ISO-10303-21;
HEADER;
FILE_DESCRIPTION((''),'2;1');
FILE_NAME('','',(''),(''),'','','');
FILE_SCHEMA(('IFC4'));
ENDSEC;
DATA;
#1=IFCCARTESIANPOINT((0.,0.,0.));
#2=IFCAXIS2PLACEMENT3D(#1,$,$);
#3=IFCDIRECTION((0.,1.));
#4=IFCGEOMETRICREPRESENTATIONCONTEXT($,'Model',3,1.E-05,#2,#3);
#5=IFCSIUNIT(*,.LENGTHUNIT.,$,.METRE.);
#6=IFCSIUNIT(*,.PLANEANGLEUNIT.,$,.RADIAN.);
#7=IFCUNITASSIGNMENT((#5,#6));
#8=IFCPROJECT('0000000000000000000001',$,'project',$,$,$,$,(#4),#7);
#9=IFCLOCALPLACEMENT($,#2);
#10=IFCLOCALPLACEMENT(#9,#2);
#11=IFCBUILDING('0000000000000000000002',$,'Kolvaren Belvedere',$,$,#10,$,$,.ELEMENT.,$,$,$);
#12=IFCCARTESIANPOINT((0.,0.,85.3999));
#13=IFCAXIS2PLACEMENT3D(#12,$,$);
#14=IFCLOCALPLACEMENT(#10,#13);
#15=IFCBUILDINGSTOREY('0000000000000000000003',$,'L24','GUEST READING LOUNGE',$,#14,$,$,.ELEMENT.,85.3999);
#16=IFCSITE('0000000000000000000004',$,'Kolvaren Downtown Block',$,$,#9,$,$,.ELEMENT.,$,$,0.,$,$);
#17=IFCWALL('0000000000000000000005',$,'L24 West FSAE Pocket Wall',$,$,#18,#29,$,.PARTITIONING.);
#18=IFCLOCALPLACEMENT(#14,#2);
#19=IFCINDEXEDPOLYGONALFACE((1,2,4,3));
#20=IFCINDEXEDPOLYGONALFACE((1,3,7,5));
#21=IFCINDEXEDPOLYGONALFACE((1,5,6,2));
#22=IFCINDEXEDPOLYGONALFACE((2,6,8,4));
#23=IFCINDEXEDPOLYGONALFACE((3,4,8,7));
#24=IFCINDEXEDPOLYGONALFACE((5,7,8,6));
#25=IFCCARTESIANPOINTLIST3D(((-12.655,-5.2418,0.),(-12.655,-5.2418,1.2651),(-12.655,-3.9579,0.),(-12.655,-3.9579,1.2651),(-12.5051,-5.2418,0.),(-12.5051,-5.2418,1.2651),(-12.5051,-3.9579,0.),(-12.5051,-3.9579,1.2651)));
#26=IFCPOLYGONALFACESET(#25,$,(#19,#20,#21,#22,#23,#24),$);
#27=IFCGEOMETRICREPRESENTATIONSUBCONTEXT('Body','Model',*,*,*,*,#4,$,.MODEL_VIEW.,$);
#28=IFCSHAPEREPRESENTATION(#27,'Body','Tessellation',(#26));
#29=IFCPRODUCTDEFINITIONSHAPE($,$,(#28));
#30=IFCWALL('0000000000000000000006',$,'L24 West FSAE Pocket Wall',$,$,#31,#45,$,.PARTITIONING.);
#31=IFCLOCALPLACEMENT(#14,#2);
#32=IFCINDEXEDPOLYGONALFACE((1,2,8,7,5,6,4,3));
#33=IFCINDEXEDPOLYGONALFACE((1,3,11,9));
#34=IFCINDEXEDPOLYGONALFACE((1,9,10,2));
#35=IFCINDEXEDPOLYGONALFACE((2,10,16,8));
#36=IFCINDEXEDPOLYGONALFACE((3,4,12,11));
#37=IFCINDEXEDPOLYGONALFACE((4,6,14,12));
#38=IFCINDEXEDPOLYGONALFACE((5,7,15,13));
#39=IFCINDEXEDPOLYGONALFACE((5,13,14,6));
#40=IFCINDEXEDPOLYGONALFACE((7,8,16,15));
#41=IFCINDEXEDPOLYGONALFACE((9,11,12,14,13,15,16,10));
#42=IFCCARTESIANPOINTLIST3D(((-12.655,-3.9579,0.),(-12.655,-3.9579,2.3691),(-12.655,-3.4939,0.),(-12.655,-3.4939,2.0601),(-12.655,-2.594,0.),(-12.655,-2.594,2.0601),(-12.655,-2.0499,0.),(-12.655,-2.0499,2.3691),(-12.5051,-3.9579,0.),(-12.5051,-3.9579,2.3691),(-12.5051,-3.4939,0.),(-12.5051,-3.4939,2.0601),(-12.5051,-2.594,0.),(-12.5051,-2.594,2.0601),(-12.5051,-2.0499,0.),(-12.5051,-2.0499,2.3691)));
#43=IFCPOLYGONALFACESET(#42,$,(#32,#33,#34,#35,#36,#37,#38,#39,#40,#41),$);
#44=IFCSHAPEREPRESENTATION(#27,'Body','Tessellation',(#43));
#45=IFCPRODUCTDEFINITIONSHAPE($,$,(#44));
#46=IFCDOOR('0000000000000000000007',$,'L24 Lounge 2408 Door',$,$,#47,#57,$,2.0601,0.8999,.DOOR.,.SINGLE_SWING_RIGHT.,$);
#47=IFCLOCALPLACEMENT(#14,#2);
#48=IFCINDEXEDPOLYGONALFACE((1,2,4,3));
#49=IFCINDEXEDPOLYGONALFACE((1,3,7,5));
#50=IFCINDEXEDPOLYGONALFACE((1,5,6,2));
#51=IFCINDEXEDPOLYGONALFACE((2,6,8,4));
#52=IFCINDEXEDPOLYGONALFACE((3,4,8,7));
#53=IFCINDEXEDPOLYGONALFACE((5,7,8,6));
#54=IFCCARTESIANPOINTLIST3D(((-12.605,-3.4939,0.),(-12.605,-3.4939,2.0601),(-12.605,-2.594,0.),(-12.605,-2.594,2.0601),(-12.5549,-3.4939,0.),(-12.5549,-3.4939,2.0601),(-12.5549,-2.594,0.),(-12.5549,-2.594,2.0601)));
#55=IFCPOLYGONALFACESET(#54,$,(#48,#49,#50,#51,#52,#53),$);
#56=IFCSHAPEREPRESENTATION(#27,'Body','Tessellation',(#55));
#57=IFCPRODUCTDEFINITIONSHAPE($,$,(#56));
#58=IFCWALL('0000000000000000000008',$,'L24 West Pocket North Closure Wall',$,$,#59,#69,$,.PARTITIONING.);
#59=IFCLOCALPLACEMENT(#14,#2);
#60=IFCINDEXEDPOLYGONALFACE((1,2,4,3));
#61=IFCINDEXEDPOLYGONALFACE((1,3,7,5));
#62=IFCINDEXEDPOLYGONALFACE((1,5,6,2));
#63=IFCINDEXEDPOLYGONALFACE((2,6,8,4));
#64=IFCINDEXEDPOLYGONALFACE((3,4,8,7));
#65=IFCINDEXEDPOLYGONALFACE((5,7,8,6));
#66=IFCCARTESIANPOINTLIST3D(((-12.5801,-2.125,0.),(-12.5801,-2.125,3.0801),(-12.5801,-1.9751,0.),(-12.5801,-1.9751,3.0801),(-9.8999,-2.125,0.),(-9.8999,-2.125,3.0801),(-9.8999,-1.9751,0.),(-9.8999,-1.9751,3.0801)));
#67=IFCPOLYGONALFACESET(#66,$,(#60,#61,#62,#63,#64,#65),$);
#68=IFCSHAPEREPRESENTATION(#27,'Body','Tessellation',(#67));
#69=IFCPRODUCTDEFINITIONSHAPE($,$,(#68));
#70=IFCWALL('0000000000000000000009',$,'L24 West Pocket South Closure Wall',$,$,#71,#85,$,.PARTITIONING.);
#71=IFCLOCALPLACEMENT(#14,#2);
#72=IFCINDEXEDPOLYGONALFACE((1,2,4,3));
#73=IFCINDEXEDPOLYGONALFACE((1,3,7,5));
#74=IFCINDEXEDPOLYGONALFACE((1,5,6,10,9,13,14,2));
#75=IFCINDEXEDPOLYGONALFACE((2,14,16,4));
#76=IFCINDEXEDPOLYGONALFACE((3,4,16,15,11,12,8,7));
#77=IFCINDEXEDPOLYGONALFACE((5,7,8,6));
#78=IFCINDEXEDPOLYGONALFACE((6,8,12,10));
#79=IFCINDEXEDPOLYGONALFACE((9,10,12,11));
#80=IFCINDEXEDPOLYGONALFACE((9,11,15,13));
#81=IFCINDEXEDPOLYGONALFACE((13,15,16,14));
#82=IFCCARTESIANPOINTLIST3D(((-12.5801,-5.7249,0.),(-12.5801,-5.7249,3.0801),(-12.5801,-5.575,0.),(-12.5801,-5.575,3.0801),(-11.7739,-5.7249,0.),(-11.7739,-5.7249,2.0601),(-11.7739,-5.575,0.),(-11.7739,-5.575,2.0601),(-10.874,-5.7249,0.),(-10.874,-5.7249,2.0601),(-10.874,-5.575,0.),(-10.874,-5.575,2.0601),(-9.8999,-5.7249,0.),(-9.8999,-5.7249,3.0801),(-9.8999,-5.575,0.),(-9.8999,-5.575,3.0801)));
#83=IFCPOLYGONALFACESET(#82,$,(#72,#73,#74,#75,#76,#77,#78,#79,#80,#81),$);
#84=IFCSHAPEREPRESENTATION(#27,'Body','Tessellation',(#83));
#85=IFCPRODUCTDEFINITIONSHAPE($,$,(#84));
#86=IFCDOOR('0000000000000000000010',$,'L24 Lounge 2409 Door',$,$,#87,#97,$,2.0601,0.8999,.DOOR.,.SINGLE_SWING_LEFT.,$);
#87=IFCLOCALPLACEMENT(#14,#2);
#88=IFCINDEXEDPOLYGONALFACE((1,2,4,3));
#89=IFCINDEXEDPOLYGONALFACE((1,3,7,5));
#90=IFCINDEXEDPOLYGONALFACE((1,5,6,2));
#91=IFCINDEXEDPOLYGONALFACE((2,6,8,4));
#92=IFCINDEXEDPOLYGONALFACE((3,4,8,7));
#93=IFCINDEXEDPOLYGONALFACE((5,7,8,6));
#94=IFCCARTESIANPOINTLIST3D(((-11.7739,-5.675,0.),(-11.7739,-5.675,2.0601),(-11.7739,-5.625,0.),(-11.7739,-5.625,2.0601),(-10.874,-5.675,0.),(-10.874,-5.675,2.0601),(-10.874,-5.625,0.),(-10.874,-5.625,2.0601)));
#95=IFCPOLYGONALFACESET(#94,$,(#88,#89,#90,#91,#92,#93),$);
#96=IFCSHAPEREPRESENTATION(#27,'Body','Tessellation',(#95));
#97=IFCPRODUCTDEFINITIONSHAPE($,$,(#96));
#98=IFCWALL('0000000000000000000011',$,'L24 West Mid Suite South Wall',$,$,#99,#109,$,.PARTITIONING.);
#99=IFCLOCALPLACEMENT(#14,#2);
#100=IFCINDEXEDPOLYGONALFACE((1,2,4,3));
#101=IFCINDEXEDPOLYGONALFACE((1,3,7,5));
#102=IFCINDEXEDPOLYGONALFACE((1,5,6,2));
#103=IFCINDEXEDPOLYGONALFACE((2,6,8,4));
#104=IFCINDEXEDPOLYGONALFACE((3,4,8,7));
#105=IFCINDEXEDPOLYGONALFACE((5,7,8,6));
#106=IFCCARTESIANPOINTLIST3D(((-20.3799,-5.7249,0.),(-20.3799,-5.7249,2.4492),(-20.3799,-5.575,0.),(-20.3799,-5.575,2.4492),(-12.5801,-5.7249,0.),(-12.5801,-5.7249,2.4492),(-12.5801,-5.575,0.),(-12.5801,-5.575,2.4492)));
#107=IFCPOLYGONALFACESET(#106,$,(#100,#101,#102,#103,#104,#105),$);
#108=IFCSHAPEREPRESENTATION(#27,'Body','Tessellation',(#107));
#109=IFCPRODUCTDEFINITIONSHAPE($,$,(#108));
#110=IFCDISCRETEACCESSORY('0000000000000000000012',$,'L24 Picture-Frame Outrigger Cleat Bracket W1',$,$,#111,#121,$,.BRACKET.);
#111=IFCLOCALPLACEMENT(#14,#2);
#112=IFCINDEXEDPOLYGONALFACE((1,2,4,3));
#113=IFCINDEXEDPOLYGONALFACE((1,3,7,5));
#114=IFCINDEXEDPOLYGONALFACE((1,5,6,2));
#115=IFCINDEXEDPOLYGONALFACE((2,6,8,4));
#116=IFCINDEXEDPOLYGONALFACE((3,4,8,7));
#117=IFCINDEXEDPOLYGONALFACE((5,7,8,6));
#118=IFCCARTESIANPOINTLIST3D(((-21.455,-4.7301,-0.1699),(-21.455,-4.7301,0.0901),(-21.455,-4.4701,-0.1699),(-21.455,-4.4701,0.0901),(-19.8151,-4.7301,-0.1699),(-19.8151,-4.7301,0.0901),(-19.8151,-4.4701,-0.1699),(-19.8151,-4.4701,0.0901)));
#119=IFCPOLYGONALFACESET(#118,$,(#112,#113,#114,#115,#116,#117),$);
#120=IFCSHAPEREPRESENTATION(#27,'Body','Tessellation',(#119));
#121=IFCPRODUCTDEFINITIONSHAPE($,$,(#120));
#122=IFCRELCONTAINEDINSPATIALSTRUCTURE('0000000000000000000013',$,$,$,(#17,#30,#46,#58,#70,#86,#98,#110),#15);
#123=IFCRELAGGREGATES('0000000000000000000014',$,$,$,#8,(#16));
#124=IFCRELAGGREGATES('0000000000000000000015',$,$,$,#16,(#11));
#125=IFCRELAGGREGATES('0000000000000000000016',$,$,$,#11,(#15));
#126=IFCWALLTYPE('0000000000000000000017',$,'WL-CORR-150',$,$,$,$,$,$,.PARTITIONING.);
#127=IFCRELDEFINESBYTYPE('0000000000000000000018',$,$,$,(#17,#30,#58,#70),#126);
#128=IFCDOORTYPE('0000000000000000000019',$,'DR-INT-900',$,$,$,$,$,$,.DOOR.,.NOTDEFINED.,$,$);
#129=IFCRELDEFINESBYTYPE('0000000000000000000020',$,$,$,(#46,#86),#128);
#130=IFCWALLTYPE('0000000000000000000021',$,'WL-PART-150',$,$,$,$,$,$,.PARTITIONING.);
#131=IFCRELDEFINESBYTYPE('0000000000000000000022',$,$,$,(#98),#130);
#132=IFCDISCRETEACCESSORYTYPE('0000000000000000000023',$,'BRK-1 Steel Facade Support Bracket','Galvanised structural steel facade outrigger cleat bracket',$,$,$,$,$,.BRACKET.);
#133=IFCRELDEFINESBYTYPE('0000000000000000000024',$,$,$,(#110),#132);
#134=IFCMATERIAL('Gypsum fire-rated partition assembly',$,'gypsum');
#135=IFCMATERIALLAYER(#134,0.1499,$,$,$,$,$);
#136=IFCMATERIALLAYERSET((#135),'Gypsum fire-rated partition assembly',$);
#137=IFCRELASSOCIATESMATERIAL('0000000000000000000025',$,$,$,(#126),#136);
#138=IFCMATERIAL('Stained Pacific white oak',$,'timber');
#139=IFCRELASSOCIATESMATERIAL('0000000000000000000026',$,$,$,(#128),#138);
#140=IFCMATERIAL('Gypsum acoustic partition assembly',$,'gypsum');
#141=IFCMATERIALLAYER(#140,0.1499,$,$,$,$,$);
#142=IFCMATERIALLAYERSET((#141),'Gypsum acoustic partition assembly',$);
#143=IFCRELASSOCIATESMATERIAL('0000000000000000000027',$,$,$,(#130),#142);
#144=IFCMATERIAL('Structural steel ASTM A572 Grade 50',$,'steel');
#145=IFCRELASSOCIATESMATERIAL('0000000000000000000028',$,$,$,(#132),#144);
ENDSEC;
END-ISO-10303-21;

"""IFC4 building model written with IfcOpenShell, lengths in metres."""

from ifc_helpers import new_model, si_unit, direction, frame, frame_2d, origin, origin_2d, place, context, subcontext, project, spatial, rectangle, extrude, material, layer, layer_set, type_object, element, fill, save


model = new_model("IFC4")

# Units and contexts
model_context = context("Model", 3, precision=1e-05, world=origin(), true_north=direction((0.0, 1.0)))
body_context = subcontext(model_context, "Body", "Model", "MODEL_VIEW")
ifc_project = project(units=[si_unit("LENGTHUNIT", "METRE"), si_unit("PLANEANGLEUNIT", "RADIAN")], contexts=[model_context])

# Site, building, storey
site_placement = place(None, origin())
site = spatial("IfcSite", under=ifc_project, at=site_placement, Name="Kolvaren Downtown Block", CompositionType="ELEMENT", RefElevation=0.0)
building_placement = place(site_placement, origin())
building = spatial("IfcBuilding", under=site, at=building_placement, Name="Kolvaren Belvedere", CompositionType="ELEMENT")
storey_placement = place(building_placement, frame((0.0, 0.0, 85.3999)))
storey = spatial("IfcBuildingStorey", under=building, at=storey_placement, Name="L24", Description="GUEST READING LOUNGE", CompositionType="ELEMENT", Elevation=85.3999)

# Wall
ifc_material_1 = material(Name="Gypsum fire-rated partition assembly", Category="gypsum")
ifc_layer_1 = layer(ifc_material_1, 0.1499)
ifc_layer_set_1 = layer_set([ifc_layer_1], Name="Gypsum fire-rated partition assembly")
wall_type_1 = type_object("IfcWallType", Name="WL-CORR-150", PredefinedType="PARTITIONING", material=ifc_layer_set_1)
wall_1_placement = place(storey_placement, frame((-12.5801, -5.2419, 0.0), z_axis=(0.0, 0.0, 1.0), x_axis=(0.0, 1.0, 0.0)))
element("IfcWall", 1, at=wall_1_placement, inside=storey, type_object=wall_type_1, Name="L24 West FSAE Pocket Wall", PredefinedType="PARTITIONING", context=body_context, shape_type="SweptSolid", body=[
    extrude(rectangle(XDim=1.2839, YDim=0.1499, at=frame_2d((0.6421, 0.0))), origin(), (0.0, 0.0, 1.0), 1.2651),
])

# Wall, opening, door
wall_2_placement = place(storey_placement, frame((-12.5801, -3.958, 0.0), z_axis=(0.0, 0.0, 1.0), x_axis=(0.0, 1.0, 0.0)))
wall_2 = element("IfcWall", 2, at=wall_2_placement, inside=storey, type_object=wall_type_1, Name="L24 West FSAE Pocket Wall", PredefinedType="PARTITIONING", context=body_context, shape_type="SweptSolid", body=[
    extrude(rectangle(XDim=1.908, YDim=0.1499, at=frame_2d((0.9541, 0.0))), origin(), (0.0, 0.0, 1.0), 2.3691),
])
opening_1_placement = place(wall_2_placement, frame((0.4641, 0.0, 0.0)))
opening_1 = element("IfcOpeningElement", 3, at=opening_1_placement, cuts=wall_2, PredefinedType="OPENING", context=body_context, shape_type="SweptSolid", body=[
    extrude(rectangle(XDim=0.8999, YDim=2.0601, at=frame_2d((0.45, 1.03))), frame((0.0, 0.085, 0.0), z_axis=(0.0, -1.0, 0.0), x_axis=(1.0, 0.0, 0.0)), (0.0, 0.0, 1.0), 0.1699),
])
ifc_material_2 = material(Name="Stained Pacific white oak", Category="timber")
door_type = type_object("IfcDoorType", Name="DR-INT-900", OperationType="NOTDEFINED", PredefinedType="DOOR", material=ifc_material_2)
door_1_placement = place(opening_1_placement, origin())
door_1 = element("IfcDoor", 4, at=door_1_placement, inside=storey, type_object=door_type, Name="L24 Lounge 2408 Door", OperationType="SINGLE_SWING_RIGHT", OverallHeight=2.0601, OverallWidth=0.8999, PredefinedType="DOOR", context=body_context, shape_type="SweptSolid", body=[
    extrude(rectangle(XDim=0.8999, YDim=2.0601, at=frame_2d((0.45, 1.03))), frame((0.0, 0.0249, 0.0), z_axis=(0.0, -1.0, 0.0), x_axis=(1.0, 0.0, 0.0)), (0.0, 0.0, 1.0), 0.05),
])
fill(opening_1, door_1)

# Wall
wall_3_placement = place(storey_placement, frame((-12.5801, -2.05, 0.0), z_axis=(0.0, 0.0, 1.0), x_axis=(1.0, 0.0, 0.0)))
element("IfcWall", 5, at=wall_3_placement, inside=storey, type_object=wall_type_1, Name="L24 West Pocket North Closure Wall", PredefinedType="PARTITIONING", context=body_context, shape_type="SweptSolid", body=[
    extrude(rectangle(XDim=2.6802, YDim=0.1499, at=frame_2d((1.3401, 0.0))), origin(), (0.0, 0.0, 1.0), 3.0801),
])

# Wall, opening, door
wall_4_placement = place(storey_placement, frame((-12.5801, -5.6499, 0.0), z_axis=(0.0, 0.0, 1.0), x_axis=(1.0, 0.0, 0.0)))
wall_4 = element("IfcWall", 6, at=wall_4_placement, inside=storey, type_object=wall_type_1, Name="L24 West Pocket South Closure Wall", PredefinedType="PARTITIONING", context=body_context, shape_type="SweptSolid", body=[
    extrude(rectangle(XDim=2.6802, YDim=0.1499, at=frame_2d((1.3401, 0.0))), origin(), (0.0, 0.0, 1.0), 3.0801),
])
opening_2_placement = place(wall_4_placement, frame((0.8062, 0.0, 0.0)))
opening_2 = element("IfcOpeningElement", 7, at=opening_2_placement, cuts=wall_4, PredefinedType="OPENING", context=body_context, shape_type="SweptSolid", body=[
    extrude(rectangle(XDim=0.8999, YDim=2.0601, at=frame_2d((0.45, 1.03))), frame((0.0, 0.085, 0.0), z_axis=(0.0, -1.0, 0.0), x_axis=(1.0, 0.0, 0.0)), (0.0, 0.0, 1.0), 0.1699),
])
door_2_placement = place(opening_2_placement, origin())
door_2 = element("IfcDoor", 8, at=door_2_placement, inside=storey, type_object=door_type, Name="L24 Lounge 2409 Door", OperationType="SINGLE_SWING_LEFT", OverallHeight=2.0601, OverallWidth=0.8999, PredefinedType="DOOR", context=body_context, shape_type="SweptSolid", body=[
    extrude(rectangle(XDim=0.8999, YDim=2.0601, at=frame_2d((0.45, 1.03))), frame((0.0, 0.0249, 0.0), z_axis=(0.0, -1.0, 0.0), x_axis=(1.0, 0.0, 0.0)), (0.0, 0.0, 1.0), 0.05),
])
fill(opening_2, door_2)

# Wall
ifc_material_3 = material(Name="Gypsum acoustic partition assembly", Category="gypsum")
ifc_layer_2 = layer(ifc_material_3, 0.1499)
ifc_layer_set_2 = layer_set([ifc_layer_2], Name="Gypsum acoustic partition assembly")
wall_type_2 = type_object("IfcWallType", Name="WL-PART-150", PredefinedType="PARTITIONING", material=ifc_layer_set_2)
wall_5_placement = place(storey_placement, frame((-20.3799, -5.6499, 0.0), z_axis=(0.0, 0.0, 1.0), x_axis=(1.0, 0.0, 0.0)))
element("IfcWall", 9, at=wall_5_placement, inside=storey, type_object=wall_type_2, Name="L24 West Mid Suite South Wall", PredefinedType="PARTITIONING", context=body_context, shape_type="SweptSolid", body=[
    extrude(rectangle(XDim=7.7998, YDim=0.1499, at=frame_2d((3.8999, 0.0))), origin(), (0.0, 0.0, 1.0), 2.4492),
])

# Discrete accessory
ifc_material_4 = material(Name="Structural steel ASTM A572 Grade 50", Category="steel")
discrete_accessory_type = type_object("IfcDiscreteAccessoryType", Name="BRK-1 Steel Facade Support Bracket", Description="Galvanised structural steel facade outrigger cleat bracket", PredefinedType="BRACKET", material=ifc_material_4)
discrete_accessory_placement = place(storey_placement, frame((-20.635, -4.6001, -0.1699), z_axis=(0.0, 0.0, 1.0), x_axis=(1.0, 0.0, 0.0)))
element("IfcDiscreteAccessory", 10, at=discrete_accessory_placement, inside=storey, type_object=discrete_accessory_type, Name="L24 Picture-Frame Outrigger Cleat Bracket W1", PredefinedType="BRACKET", context=body_context, shape_type="SweptSolid", body=[
    extrude(rectangle(XDim=1.6399, YDim=0.26, at=origin_2d()), origin(), (0.0, 0.0, 1.0), 0.26),
])

save(model, "model.ifc")
